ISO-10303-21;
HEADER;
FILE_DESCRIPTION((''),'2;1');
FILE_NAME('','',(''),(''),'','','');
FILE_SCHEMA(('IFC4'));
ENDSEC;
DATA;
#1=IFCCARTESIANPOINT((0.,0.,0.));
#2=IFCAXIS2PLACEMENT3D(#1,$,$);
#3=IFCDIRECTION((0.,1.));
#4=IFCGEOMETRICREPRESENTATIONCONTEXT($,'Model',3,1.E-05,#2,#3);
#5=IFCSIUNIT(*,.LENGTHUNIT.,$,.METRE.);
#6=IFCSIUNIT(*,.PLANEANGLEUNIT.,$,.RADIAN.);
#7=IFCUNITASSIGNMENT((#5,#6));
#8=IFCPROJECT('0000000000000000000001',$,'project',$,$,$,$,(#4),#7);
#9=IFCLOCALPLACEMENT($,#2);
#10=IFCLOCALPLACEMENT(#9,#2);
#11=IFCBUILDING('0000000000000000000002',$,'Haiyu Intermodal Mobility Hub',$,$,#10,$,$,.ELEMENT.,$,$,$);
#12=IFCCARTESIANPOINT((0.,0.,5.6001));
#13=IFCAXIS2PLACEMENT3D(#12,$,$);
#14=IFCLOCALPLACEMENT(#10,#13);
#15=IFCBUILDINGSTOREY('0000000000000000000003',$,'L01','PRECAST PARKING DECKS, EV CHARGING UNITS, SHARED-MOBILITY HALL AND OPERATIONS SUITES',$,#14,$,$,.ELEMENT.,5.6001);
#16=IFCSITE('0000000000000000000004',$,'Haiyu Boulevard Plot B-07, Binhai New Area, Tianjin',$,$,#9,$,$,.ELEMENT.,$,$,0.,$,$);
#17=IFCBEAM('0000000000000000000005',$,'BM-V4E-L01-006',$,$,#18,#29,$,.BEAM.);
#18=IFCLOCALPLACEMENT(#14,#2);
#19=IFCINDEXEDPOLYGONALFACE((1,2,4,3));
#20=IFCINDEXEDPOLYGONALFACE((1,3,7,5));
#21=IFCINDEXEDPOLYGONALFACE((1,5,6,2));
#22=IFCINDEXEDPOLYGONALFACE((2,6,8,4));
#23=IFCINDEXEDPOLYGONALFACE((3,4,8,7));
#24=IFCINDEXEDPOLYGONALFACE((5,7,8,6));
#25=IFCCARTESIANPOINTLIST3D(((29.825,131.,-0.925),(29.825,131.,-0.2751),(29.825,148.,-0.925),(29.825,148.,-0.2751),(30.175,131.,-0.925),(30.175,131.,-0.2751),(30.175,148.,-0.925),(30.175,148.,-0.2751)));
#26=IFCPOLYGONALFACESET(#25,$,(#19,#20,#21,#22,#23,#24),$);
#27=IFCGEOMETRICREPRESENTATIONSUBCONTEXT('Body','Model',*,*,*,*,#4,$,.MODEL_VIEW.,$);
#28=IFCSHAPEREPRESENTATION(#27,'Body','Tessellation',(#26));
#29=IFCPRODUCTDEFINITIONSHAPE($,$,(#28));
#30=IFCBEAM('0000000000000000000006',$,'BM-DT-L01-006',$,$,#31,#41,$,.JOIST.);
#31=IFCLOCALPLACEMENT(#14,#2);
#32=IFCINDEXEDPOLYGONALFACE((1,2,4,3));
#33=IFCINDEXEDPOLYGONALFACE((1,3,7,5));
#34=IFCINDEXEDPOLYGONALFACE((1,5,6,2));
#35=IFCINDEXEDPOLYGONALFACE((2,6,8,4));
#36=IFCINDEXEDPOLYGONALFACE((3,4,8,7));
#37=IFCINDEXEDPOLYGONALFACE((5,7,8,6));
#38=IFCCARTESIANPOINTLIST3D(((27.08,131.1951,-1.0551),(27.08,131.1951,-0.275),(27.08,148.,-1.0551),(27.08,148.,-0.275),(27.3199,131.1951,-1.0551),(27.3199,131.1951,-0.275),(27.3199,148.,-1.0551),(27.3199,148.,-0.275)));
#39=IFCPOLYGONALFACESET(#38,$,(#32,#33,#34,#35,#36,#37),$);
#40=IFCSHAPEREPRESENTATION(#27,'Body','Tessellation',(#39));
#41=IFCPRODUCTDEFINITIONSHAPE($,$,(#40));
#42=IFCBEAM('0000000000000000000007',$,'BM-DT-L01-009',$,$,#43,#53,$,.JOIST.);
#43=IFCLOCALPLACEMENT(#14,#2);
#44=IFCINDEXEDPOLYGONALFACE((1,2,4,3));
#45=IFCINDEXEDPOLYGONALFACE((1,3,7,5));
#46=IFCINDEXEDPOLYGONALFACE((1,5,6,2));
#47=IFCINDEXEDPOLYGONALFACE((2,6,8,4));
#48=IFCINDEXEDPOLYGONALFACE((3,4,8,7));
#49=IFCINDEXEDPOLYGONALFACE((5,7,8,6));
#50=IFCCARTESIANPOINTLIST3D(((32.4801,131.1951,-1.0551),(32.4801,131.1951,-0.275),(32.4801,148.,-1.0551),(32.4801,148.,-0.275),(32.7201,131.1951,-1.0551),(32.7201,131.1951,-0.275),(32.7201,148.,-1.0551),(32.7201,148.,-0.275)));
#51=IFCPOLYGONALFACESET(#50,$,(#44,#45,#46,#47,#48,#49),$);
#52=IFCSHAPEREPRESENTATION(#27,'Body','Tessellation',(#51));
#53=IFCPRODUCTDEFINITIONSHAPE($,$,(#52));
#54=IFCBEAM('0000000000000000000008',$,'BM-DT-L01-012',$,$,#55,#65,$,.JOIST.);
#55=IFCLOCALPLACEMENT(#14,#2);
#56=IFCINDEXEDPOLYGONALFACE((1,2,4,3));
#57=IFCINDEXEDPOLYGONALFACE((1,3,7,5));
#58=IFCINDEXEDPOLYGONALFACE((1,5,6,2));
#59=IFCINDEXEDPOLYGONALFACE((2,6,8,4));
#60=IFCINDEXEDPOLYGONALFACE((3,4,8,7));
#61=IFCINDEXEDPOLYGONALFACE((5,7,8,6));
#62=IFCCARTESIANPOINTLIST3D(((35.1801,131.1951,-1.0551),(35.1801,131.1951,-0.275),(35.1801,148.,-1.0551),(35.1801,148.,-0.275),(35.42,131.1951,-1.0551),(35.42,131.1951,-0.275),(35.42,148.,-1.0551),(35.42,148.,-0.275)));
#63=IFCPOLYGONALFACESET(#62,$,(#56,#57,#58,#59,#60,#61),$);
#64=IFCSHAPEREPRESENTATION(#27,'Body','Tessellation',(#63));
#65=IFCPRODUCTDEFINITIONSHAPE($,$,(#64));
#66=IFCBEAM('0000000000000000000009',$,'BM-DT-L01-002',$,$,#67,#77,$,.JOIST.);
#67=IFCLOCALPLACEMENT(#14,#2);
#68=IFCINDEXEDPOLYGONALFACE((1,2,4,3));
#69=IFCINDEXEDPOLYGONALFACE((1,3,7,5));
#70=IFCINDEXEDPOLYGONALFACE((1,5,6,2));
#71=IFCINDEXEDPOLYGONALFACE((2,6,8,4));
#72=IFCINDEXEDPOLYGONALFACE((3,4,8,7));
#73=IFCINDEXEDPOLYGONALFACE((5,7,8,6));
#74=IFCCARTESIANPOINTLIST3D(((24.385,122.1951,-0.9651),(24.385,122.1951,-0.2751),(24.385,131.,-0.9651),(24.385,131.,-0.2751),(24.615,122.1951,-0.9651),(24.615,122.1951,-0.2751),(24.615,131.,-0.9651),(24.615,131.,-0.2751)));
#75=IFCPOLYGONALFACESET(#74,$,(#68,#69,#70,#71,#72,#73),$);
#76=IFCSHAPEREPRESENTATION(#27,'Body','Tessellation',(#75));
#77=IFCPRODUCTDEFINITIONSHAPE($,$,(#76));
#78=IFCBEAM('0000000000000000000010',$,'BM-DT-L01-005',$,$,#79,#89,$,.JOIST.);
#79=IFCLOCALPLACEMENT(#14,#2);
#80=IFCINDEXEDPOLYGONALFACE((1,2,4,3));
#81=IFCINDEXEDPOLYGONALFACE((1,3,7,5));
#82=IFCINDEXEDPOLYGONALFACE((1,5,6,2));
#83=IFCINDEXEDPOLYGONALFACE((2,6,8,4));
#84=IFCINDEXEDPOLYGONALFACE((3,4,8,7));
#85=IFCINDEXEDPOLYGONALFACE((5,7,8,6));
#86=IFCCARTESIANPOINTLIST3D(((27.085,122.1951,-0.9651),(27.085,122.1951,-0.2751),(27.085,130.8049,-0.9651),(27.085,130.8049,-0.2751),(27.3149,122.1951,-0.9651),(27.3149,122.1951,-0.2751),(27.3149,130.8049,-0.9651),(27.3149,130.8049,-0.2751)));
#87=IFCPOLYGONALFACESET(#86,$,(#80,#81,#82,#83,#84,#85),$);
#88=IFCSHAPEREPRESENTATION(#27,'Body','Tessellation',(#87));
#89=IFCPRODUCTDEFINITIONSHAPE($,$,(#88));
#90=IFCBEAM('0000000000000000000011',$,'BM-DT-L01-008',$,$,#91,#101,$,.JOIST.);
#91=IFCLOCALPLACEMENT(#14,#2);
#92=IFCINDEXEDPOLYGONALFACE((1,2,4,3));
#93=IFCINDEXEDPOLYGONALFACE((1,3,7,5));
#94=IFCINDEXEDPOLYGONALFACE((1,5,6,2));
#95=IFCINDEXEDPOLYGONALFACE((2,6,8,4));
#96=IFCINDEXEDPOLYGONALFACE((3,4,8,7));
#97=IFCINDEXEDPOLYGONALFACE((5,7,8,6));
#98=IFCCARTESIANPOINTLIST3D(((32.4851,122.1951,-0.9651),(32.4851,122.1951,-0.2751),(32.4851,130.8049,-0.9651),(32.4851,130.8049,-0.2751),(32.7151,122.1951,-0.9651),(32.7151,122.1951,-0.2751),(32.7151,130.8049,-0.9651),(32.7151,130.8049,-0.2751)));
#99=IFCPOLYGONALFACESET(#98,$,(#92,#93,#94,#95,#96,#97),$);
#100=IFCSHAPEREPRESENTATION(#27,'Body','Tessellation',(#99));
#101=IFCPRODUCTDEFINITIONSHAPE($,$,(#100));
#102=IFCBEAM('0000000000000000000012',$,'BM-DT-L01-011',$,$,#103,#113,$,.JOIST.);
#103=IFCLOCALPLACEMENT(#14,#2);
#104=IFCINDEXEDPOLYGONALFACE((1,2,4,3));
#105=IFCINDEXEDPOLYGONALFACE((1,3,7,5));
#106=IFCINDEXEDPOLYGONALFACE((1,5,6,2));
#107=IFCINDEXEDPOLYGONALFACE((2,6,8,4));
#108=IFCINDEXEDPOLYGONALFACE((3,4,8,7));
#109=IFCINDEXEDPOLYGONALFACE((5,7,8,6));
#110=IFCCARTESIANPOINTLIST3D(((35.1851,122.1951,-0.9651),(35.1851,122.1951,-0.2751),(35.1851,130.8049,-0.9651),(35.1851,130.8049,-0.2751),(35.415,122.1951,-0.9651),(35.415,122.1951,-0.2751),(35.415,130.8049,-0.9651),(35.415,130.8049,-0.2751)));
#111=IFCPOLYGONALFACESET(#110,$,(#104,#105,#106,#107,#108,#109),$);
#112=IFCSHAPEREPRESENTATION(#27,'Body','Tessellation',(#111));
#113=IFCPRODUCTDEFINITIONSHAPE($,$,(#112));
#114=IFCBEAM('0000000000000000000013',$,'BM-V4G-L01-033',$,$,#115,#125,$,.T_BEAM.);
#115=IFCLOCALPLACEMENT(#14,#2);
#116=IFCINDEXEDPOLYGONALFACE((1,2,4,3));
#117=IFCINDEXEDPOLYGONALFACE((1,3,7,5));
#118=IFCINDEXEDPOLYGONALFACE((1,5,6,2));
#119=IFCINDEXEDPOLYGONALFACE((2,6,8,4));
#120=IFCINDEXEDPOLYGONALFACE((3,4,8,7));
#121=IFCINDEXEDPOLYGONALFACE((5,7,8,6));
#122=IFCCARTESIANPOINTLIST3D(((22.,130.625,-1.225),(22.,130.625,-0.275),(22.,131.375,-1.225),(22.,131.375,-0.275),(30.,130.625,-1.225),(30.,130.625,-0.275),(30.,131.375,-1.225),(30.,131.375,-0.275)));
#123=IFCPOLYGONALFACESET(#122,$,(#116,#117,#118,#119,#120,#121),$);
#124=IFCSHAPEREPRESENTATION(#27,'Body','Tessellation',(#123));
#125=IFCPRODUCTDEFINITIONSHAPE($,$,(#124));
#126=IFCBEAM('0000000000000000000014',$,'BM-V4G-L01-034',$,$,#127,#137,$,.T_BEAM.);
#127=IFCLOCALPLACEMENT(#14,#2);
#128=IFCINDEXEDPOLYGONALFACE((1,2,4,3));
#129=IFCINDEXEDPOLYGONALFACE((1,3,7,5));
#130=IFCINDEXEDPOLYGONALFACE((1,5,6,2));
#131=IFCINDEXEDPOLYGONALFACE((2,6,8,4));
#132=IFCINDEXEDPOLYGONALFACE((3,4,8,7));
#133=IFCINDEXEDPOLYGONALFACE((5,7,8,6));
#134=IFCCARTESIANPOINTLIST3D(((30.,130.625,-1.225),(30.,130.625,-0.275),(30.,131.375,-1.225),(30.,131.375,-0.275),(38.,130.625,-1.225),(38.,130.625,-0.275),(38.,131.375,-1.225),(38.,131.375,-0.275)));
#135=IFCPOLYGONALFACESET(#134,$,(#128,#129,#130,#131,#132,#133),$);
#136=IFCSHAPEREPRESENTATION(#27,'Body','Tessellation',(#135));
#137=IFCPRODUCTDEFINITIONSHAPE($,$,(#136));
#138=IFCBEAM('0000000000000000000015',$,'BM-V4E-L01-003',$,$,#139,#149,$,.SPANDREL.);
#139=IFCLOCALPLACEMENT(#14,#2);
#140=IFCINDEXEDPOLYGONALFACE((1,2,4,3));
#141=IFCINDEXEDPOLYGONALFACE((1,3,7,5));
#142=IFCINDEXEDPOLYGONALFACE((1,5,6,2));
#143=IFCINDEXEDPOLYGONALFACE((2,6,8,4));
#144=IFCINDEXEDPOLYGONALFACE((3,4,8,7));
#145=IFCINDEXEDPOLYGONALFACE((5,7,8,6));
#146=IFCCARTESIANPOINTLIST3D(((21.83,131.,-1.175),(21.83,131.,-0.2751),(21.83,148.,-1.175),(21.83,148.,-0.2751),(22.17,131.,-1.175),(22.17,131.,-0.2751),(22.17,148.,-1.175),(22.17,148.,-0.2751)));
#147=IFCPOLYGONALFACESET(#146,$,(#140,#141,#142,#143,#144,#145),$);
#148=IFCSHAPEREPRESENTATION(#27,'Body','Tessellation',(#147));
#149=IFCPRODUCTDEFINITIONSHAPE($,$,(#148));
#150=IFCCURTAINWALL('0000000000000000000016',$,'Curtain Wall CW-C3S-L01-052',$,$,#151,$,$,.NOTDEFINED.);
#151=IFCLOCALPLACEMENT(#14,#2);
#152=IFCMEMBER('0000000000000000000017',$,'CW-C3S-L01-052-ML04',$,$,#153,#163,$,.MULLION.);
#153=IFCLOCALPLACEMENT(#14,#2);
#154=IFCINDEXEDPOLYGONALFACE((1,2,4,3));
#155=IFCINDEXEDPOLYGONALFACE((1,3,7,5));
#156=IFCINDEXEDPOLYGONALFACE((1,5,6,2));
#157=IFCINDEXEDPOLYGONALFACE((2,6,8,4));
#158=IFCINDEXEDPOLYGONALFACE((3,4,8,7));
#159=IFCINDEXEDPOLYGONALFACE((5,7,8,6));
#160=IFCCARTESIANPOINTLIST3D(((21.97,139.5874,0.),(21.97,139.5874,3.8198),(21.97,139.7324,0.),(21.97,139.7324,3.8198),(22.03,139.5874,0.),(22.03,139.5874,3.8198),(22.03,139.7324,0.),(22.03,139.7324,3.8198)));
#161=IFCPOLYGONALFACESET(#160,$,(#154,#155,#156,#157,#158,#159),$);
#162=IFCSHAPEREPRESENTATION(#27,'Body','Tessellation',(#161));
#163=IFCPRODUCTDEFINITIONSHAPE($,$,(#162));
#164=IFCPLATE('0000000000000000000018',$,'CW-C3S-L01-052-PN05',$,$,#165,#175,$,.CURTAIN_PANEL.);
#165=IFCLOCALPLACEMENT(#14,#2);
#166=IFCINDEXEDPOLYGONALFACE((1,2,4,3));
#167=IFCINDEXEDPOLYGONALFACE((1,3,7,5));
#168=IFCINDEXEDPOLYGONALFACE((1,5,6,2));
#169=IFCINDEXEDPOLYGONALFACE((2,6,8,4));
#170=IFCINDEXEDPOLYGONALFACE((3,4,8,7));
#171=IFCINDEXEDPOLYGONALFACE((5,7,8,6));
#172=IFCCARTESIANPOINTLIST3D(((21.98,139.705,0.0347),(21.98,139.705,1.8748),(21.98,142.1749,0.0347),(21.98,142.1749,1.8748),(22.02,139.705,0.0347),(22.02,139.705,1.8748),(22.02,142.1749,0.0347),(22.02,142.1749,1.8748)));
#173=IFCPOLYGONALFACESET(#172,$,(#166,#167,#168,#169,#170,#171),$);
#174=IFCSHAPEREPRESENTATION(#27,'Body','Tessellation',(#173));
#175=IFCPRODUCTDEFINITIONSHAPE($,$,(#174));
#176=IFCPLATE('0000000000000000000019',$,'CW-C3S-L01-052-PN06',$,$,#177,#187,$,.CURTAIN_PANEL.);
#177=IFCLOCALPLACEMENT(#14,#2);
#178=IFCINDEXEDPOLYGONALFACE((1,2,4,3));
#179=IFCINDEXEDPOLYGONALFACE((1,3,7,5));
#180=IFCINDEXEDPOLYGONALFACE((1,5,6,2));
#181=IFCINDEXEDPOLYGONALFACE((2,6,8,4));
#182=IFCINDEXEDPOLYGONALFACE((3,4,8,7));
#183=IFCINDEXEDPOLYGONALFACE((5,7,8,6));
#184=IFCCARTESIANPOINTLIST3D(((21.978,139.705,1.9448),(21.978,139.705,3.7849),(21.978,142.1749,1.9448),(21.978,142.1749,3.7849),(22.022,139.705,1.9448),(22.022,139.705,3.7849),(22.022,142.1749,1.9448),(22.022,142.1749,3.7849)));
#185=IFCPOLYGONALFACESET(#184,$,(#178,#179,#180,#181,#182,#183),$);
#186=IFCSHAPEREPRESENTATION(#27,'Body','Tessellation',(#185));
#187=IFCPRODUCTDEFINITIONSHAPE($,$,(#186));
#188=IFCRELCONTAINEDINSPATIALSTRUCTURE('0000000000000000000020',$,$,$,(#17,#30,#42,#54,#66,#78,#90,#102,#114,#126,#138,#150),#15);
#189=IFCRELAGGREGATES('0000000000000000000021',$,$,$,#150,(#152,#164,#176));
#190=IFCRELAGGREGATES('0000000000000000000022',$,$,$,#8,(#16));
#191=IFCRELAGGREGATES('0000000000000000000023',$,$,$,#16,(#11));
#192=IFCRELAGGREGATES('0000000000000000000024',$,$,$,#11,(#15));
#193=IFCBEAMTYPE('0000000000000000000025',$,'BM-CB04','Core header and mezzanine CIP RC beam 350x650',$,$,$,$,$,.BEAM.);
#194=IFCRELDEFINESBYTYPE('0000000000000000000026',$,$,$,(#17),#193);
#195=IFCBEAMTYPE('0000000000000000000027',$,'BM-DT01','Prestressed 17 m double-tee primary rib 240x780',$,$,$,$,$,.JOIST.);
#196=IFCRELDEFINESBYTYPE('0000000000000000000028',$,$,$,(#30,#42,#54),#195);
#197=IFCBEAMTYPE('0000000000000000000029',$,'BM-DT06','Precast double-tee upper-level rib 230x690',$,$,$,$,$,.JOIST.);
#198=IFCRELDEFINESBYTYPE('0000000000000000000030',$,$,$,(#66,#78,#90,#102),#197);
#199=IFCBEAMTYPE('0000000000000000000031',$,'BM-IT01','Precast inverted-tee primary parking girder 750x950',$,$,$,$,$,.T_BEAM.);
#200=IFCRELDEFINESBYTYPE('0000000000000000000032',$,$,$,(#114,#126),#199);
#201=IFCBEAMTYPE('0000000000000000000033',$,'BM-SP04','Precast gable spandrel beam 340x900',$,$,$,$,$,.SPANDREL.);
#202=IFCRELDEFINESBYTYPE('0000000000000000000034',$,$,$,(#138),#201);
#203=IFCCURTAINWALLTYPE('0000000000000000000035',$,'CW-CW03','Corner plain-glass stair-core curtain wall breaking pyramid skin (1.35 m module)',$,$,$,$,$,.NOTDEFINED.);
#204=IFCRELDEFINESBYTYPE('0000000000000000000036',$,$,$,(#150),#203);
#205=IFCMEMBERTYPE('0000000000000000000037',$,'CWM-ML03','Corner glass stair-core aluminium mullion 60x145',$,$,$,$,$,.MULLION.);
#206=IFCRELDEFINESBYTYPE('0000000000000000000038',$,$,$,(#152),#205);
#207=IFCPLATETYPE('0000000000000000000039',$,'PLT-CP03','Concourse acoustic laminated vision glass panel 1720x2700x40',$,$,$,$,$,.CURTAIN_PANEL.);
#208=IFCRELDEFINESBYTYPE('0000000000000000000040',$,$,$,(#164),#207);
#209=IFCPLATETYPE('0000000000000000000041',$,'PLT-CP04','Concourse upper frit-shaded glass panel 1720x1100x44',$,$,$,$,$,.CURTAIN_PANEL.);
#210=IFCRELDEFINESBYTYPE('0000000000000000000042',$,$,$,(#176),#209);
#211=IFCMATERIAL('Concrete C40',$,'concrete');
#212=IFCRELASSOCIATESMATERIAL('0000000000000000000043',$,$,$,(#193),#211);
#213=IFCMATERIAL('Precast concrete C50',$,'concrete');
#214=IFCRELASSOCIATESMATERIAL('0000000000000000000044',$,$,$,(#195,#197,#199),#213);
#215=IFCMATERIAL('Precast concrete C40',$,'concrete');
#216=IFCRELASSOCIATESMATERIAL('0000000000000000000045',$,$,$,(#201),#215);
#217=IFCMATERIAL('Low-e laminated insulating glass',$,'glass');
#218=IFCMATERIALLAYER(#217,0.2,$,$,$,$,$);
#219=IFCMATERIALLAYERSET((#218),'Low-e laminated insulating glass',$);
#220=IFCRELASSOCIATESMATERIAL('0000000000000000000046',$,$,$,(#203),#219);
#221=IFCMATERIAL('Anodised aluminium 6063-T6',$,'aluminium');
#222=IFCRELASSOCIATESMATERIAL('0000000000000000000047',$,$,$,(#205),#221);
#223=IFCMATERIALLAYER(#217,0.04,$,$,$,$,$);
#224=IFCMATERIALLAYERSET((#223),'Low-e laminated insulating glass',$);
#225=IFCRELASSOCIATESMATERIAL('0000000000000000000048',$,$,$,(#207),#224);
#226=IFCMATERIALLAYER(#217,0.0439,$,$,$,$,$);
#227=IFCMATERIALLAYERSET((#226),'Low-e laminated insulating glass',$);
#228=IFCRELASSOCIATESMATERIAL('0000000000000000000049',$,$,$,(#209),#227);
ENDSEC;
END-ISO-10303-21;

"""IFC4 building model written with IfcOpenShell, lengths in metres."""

from ifc_helpers import new_model, si_unit, direction, frame, origin, origin_2d, place, context, subcontext, project, spatial, rectangle, extrude, material, layer, layer_set, material_profile, profile_set, type_object, element, aggregate, save


model = new_model("IFC4")

# Units and contexts
model_context = context("Model", 3, precision=1e-05, world=origin(), true_north=direction((0.0, 1.0)))
body_context = subcontext(model_context, "Body", "Model", "MODEL_VIEW")
ifc_project = project(units=[si_unit("LENGTHUNIT", "METRE"), si_unit("PLANEANGLEUNIT", "RADIAN")], contexts=[model_context])

# Site, building, storey
site_placement = place(None, origin())
site = spatial("IfcSite", under=ifc_project, at=site_placement, Name="Haiyu Boulevard Plot B-07, Binhai New Area, Tianjin", CompositionType="ELEMENT", RefElevation=0.0)
building_placement = place(site_placement, origin())
building = spatial("IfcBuilding", under=site, at=building_placement, Name="Haiyu Intermodal Mobility Hub", CompositionType="ELEMENT")
storey_placement = place(building_placement, frame((0.0, 0.0, 5.6001)))
storey = spatial("IfcBuildingStorey", under=building, at=storey_placement, Name="L01", Description="PRECAST PARKING DECKS, EV CHARGING UNITS, SHARED-MOBILITY HALL AND OPERATIONS SUITES", CompositionType="ELEMENT", Elevation=5.6001)

# Shared definitions
ifc_material_1 = material(Name="Precast concrete C40", Category="concrete")

# Beams
ifc_material_2 = material(Name="Concrete C40", Category="concrete")
ifc_material_profile_1 = material_profile(ifc_material_2, rectangle(XDim=0.3501, YDim=0.6499, at=origin_2d()), Name="RCB350x650")
ifc_profile_set_1 = profile_set([ifc_material_profile_1], Name="Concrete C40")
beam_type_1 = type_object("IfcBeamType", Name="BM-CB04", Description="Core header and mezzanine CIP RC beam 350x650", PredefinedType="BEAM", material=ifc_profile_set_1)
beam_1_placement = place(storey_placement, frame((30.0, 131.0, -0.6001), z_axis=(0.0, 1.0, 0.0), x_axis=(-1.0, 0.0, 0.0)))
element("IfcBeam", 1, at=beam_1_placement, inside=storey, type_object=beam_type_1, Name="BM-V4E-L01-006", PredefinedType="BEAM", context=body_context, shape_type="SweptSolid", body=[
    extrude(rectangle(XDim=0.3501, YDim=0.6499, at=origin_2d()), origin(), (0.0, 0.0, 1.0), 17.0),
])
ifc_material_3 = material(Name="Precast concrete C50", Category="concrete")
ifc_material_profile_2 = material_profile(ifc_material_3, rectangle(XDim=0.24, YDim=0.78, at=origin_2d()), Name="PC240x780")
ifc_profile_set_2 = profile_set([ifc_material_profile_2], Name="Precast concrete C50")
beam_type_2 = type_object("IfcBeamType", Name="BM-DT01", Description="Prestressed 17 m double-tee primary rib 240x780", PredefinedType="JOIST", material=ifc_profile_set_2)
for number, where, z_axis, x_axis, name in (
    (2, (27.2, 131.1951, -0.665), (0.0, 1.0, 0.0), (-1.0, 0.0, 0.0), "BM-DT-L01-006"),
    (3, (32.6001, 131.1951, -0.665), (0.0, 1.0, 0.0), (-1.0, 0.0, 0.0), "BM-DT-L01-009"),
    (4, (35.3, 131.1951, -0.665), (0.0, 1.0, 0.0), (-1.0, 0.0, 0.0), "BM-DT-L01-012"),
):
    element("IfcBeam", number, at=place(storey_placement, frame(where, z_axis=z_axis, x_axis=x_axis)), inside=storey, type_object=beam_type_2, Name=name, PredefinedType="JOIST", context=body_context, shape_type="SweptSolid", body=[
        extrude(rectangle(XDim=0.24, YDim=0.78, at=origin_2d()), origin(), (0.0, 0.0, 1.0), 16.8049),
    ])
ifc_material_profile_3 = material_profile(ifc_material_3, rectangle(XDim=0.23, YDim=0.6899, at=origin_2d()), Name="B230x690")
ifc_profile_set_3 = profile_set([ifc_material_profile_3], Name="Precast concrete C50")
beam_type_3 = type_object("IfcBeamType", Name="BM-DT06", Description="Precast double-tee upper-level rib 230x690", PredefinedType="JOIST", material=ifc_profile_set_3)
beam_2_placement = place(storey_placement, frame((24.5, 122.1951, -0.6201), z_axis=(0.0, 1.0, 0.0), x_axis=(-1.0, 0.0, 0.0)))
element("IfcBeam", 5, at=beam_2_placement, inside=storey, type_object=beam_type_3, Name="BM-DT-L01-002", PredefinedType="JOIST", context=body_context, shape_type="SweptSolid", body=[
    extrude(rectangle(XDim=0.23, YDim=0.6899, at=origin_2d()), origin(), (0.0, 0.0, 1.0), 8.8049),
])
for number, where, z_axis, x_axis, name in (
    (6, (27.2, 122.1951, -0.6201), (0.0, 1.0, 0.0), (-1.0, 0.0, 0.0), "BM-DT-L01-005"),
    (7, (32.6001, 122.1951, -0.6201), (0.0, 1.0, 0.0), (-1.0, 0.0, 0.0), "BM-DT-L01-008"),
    (8, (35.3, 122.1951, -0.6201), (0.0, 1.0, 0.0), (-1.0, 0.0, 0.0), "BM-DT-L01-011"),
):
    element("IfcBeam", number, at=place(storey_placement, frame(where, z_axis=z_axis, x_axis=x_axis)), inside=storey, type_object=beam_type_3, Name=name, PredefinedType="JOIST", context=body_context, shape_type="SweptSolid", body=[
        extrude(rectangle(XDim=0.23, YDim=0.6899, at=origin_2d()), origin(), (0.0, 0.0, 1.0), 8.6099),
    ])
ifc_material_profile_4 = material_profile(ifc_material_3, rectangle(XDim=0.75, YDim=0.95, at=origin_2d()), Name="PC750x950")
ifc_profile_set_4 = profile_set([ifc_material_profile_4], Name="Precast concrete C50")
beam_type_4 = type_object("IfcBeamType", Name="BM-IT01", Description="Precast inverted-tee primary parking girder 750x950", PredefinedType="T_BEAM", material=ifc_profile_set_4)
for number, where, z_axis, x_axis, name in (
    (9, (22.0, 131.0, -0.75), (1.0, 0.0, 0.0), (0.0, 1.0, 0.0), "BM-V4G-L01-033"),
    (10, (30.0, 131.0, -0.75), (1.0, 0.0, 0.0), (0.0, 1.0, 0.0), "BM-V4G-L01-034"),
):
    element("IfcBeam", number, at=place(storey_placement, frame(where, z_axis=z_axis, x_axis=x_axis)), inside=storey, type_object=beam_type_4, Name=name, PredefinedType="T_BEAM", context=body_context, shape_type="SweptSolid", body=[
        extrude(rectangle(XDim=0.75, YDim=0.95, at=origin_2d()), origin(), (0.0, 0.0, 1.0), 8.0),
    ])
ifc_material_profile_5 = material_profile(ifc_material_1, rectangle(XDim=0.3401, YDim=0.8999, at=origin_2d()), Name="B340x900")
ifc_profile_set_5 = profile_set([ifc_material_profile_5], Name="Precast concrete C40")
beam_type_5 = type_object("IfcBeamType", Name="BM-SP04", Description="Precast gable spandrel beam 340x900", PredefinedType="SPANDREL", material=ifc_profile_set_5)
beam_3_placement = place(storey_placement, frame((22.0, 131.0, -0.7251), z_axis=(0.0, 1.0, 0.0), x_axis=(-1.0, 0.0, 0.0)))
element("IfcBeam", 11, at=beam_3_placement, inside=storey, type_object=beam_type_5, Name="BM-V4E-L01-003", PredefinedType="SPANDREL", context=body_context, shape_type="SweptSolid", body=[
    extrude(rectangle(XDim=0.3401, YDim=0.8999, at=origin_2d()), origin(), (0.0, 0.0, 1.0), 17.0),
])

# Curtain wall, member, plates
ifc_material_4 = material(Name="Low-e laminated insulating glass", Category="glass")
ifc_layer_1 = layer(ifc_material_4, 0.2)
ifc_layer_set_1 = layer_set([ifc_layer_1], Name="Low-e laminated insulating glass")
curtain_wall_type = type_object("IfcCurtainWallType", Name="CW-CW03", Description="Corner plain-glass stair-core curtain wall breaking pyramid skin (1.35 m module)", PredefinedType="NOTDEFINED", material=ifc_layer_set_1)
curtain_wall_placement = place(storey_placement, origin())
curtain_wall = element("IfcCurtainWall", 12, at=curtain_wall_placement, inside=storey, type_object=curtain_wall_type, Name="Curtain Wall CW-C3S-L01-052", PredefinedType="NOTDEFINED")
ifc_material_5 = material(Name="Anodised aluminium 6063-T6", Category="aluminium")
ifc_material_profile_6 = material_profile(ifc_material_5, rectangle(XDim=0.0601, YDim=0.145, at=origin_2d()), Name="ALU60x145")
ifc_profile_set_6 = profile_set([ifc_material_profile_6], Name="Anodised aluminium 6063-T6")
member_type = type_object("IfcMemberType", Name="CWM-ML03", Description="Corner glass stair-core aluminium mullion 60x145", PredefinedType="MULLION", material=ifc_profile_set_6)
member_placement = place(storey_placement, frame((22.0, 139.6599, 0.0), z_axis=(0.0, 0.0, 1.0), x_axis=(1.0, 0.0, 0.0)))
member = element("IfcMember", 13, at=member_placement, type_object=member_type, Name="CW-C3S-L01-052-ML04", PredefinedType="MULLION", context=body_context, shape_type="SweptSolid", body=[
    extrude(rectangle(XDim=0.0601, YDim=0.145, at=origin_2d()), origin(), (0.0, 0.0, 1.0), 3.8198),
])
ifc_layer_2 = layer(ifc_material_4, 0.04)
ifc_layer_set_2 = layer_set([ifc_layer_2], Name="Low-e laminated insulating glass")
plate_type_1 = type_object("IfcPlateType", Name="PLT-CP03", Description="Concourse acoustic laminated vision glass panel 1720x2700x40", PredefinedType="CURTAIN_PANEL", material=ifc_layer_set_2)
plate_1_placement = place(storey_placement, frame((22.0, 140.9399, 0.0347), z_axis=(0.0, 0.0, 1.0), x_axis=(0.0, -1.0, 0.0)))
plate_1 = element("IfcPlate", 14, at=plate_1_placement, type_object=plate_type_1, Name="CW-C3S-L01-052-PN05", PredefinedType="CURTAIN_PANEL", context=body_context, shape_type="SweptSolid", body=[
    extrude(rectangle(XDim=2.47, YDim=0.04, at=origin_2d()), origin(), (0.0, 0.0, 1.0), 1.8401),
])
ifc_layer_3 = layer(ifc_material_4, 0.0439)
ifc_layer_set_3 = layer_set([ifc_layer_3], Name="Low-e laminated insulating glass")
plate_type_2 = type_object("IfcPlateType", Name="PLT-CP04", Description="Concourse upper frit-shaded glass panel 1720x1100x44", PredefinedType="CURTAIN_PANEL", material=ifc_layer_set_3)
plate_2_placement = place(storey_placement, frame((22.0, 140.9399, 1.9448), z_axis=(0.0, 0.0, 1.0), x_axis=(0.0, -1.0, 0.0)))
plate_2 = element("IfcPlate", 15, at=plate_2_placement, type_object=plate_type_2, Name="CW-C3S-L01-052-PN06", PredefinedType="CURTAIN_PANEL", context=body_context, shape_type="SweptSolid", body=[
    extrude(rectangle(XDim=2.47, YDim=0.0439, at=origin_2d()), origin(), (0.0, 0.0, 1.0), 1.8401),
])
aggregate(curtain_wall, [member, plate_1, plate_2])

save(model, "model.ifc")
